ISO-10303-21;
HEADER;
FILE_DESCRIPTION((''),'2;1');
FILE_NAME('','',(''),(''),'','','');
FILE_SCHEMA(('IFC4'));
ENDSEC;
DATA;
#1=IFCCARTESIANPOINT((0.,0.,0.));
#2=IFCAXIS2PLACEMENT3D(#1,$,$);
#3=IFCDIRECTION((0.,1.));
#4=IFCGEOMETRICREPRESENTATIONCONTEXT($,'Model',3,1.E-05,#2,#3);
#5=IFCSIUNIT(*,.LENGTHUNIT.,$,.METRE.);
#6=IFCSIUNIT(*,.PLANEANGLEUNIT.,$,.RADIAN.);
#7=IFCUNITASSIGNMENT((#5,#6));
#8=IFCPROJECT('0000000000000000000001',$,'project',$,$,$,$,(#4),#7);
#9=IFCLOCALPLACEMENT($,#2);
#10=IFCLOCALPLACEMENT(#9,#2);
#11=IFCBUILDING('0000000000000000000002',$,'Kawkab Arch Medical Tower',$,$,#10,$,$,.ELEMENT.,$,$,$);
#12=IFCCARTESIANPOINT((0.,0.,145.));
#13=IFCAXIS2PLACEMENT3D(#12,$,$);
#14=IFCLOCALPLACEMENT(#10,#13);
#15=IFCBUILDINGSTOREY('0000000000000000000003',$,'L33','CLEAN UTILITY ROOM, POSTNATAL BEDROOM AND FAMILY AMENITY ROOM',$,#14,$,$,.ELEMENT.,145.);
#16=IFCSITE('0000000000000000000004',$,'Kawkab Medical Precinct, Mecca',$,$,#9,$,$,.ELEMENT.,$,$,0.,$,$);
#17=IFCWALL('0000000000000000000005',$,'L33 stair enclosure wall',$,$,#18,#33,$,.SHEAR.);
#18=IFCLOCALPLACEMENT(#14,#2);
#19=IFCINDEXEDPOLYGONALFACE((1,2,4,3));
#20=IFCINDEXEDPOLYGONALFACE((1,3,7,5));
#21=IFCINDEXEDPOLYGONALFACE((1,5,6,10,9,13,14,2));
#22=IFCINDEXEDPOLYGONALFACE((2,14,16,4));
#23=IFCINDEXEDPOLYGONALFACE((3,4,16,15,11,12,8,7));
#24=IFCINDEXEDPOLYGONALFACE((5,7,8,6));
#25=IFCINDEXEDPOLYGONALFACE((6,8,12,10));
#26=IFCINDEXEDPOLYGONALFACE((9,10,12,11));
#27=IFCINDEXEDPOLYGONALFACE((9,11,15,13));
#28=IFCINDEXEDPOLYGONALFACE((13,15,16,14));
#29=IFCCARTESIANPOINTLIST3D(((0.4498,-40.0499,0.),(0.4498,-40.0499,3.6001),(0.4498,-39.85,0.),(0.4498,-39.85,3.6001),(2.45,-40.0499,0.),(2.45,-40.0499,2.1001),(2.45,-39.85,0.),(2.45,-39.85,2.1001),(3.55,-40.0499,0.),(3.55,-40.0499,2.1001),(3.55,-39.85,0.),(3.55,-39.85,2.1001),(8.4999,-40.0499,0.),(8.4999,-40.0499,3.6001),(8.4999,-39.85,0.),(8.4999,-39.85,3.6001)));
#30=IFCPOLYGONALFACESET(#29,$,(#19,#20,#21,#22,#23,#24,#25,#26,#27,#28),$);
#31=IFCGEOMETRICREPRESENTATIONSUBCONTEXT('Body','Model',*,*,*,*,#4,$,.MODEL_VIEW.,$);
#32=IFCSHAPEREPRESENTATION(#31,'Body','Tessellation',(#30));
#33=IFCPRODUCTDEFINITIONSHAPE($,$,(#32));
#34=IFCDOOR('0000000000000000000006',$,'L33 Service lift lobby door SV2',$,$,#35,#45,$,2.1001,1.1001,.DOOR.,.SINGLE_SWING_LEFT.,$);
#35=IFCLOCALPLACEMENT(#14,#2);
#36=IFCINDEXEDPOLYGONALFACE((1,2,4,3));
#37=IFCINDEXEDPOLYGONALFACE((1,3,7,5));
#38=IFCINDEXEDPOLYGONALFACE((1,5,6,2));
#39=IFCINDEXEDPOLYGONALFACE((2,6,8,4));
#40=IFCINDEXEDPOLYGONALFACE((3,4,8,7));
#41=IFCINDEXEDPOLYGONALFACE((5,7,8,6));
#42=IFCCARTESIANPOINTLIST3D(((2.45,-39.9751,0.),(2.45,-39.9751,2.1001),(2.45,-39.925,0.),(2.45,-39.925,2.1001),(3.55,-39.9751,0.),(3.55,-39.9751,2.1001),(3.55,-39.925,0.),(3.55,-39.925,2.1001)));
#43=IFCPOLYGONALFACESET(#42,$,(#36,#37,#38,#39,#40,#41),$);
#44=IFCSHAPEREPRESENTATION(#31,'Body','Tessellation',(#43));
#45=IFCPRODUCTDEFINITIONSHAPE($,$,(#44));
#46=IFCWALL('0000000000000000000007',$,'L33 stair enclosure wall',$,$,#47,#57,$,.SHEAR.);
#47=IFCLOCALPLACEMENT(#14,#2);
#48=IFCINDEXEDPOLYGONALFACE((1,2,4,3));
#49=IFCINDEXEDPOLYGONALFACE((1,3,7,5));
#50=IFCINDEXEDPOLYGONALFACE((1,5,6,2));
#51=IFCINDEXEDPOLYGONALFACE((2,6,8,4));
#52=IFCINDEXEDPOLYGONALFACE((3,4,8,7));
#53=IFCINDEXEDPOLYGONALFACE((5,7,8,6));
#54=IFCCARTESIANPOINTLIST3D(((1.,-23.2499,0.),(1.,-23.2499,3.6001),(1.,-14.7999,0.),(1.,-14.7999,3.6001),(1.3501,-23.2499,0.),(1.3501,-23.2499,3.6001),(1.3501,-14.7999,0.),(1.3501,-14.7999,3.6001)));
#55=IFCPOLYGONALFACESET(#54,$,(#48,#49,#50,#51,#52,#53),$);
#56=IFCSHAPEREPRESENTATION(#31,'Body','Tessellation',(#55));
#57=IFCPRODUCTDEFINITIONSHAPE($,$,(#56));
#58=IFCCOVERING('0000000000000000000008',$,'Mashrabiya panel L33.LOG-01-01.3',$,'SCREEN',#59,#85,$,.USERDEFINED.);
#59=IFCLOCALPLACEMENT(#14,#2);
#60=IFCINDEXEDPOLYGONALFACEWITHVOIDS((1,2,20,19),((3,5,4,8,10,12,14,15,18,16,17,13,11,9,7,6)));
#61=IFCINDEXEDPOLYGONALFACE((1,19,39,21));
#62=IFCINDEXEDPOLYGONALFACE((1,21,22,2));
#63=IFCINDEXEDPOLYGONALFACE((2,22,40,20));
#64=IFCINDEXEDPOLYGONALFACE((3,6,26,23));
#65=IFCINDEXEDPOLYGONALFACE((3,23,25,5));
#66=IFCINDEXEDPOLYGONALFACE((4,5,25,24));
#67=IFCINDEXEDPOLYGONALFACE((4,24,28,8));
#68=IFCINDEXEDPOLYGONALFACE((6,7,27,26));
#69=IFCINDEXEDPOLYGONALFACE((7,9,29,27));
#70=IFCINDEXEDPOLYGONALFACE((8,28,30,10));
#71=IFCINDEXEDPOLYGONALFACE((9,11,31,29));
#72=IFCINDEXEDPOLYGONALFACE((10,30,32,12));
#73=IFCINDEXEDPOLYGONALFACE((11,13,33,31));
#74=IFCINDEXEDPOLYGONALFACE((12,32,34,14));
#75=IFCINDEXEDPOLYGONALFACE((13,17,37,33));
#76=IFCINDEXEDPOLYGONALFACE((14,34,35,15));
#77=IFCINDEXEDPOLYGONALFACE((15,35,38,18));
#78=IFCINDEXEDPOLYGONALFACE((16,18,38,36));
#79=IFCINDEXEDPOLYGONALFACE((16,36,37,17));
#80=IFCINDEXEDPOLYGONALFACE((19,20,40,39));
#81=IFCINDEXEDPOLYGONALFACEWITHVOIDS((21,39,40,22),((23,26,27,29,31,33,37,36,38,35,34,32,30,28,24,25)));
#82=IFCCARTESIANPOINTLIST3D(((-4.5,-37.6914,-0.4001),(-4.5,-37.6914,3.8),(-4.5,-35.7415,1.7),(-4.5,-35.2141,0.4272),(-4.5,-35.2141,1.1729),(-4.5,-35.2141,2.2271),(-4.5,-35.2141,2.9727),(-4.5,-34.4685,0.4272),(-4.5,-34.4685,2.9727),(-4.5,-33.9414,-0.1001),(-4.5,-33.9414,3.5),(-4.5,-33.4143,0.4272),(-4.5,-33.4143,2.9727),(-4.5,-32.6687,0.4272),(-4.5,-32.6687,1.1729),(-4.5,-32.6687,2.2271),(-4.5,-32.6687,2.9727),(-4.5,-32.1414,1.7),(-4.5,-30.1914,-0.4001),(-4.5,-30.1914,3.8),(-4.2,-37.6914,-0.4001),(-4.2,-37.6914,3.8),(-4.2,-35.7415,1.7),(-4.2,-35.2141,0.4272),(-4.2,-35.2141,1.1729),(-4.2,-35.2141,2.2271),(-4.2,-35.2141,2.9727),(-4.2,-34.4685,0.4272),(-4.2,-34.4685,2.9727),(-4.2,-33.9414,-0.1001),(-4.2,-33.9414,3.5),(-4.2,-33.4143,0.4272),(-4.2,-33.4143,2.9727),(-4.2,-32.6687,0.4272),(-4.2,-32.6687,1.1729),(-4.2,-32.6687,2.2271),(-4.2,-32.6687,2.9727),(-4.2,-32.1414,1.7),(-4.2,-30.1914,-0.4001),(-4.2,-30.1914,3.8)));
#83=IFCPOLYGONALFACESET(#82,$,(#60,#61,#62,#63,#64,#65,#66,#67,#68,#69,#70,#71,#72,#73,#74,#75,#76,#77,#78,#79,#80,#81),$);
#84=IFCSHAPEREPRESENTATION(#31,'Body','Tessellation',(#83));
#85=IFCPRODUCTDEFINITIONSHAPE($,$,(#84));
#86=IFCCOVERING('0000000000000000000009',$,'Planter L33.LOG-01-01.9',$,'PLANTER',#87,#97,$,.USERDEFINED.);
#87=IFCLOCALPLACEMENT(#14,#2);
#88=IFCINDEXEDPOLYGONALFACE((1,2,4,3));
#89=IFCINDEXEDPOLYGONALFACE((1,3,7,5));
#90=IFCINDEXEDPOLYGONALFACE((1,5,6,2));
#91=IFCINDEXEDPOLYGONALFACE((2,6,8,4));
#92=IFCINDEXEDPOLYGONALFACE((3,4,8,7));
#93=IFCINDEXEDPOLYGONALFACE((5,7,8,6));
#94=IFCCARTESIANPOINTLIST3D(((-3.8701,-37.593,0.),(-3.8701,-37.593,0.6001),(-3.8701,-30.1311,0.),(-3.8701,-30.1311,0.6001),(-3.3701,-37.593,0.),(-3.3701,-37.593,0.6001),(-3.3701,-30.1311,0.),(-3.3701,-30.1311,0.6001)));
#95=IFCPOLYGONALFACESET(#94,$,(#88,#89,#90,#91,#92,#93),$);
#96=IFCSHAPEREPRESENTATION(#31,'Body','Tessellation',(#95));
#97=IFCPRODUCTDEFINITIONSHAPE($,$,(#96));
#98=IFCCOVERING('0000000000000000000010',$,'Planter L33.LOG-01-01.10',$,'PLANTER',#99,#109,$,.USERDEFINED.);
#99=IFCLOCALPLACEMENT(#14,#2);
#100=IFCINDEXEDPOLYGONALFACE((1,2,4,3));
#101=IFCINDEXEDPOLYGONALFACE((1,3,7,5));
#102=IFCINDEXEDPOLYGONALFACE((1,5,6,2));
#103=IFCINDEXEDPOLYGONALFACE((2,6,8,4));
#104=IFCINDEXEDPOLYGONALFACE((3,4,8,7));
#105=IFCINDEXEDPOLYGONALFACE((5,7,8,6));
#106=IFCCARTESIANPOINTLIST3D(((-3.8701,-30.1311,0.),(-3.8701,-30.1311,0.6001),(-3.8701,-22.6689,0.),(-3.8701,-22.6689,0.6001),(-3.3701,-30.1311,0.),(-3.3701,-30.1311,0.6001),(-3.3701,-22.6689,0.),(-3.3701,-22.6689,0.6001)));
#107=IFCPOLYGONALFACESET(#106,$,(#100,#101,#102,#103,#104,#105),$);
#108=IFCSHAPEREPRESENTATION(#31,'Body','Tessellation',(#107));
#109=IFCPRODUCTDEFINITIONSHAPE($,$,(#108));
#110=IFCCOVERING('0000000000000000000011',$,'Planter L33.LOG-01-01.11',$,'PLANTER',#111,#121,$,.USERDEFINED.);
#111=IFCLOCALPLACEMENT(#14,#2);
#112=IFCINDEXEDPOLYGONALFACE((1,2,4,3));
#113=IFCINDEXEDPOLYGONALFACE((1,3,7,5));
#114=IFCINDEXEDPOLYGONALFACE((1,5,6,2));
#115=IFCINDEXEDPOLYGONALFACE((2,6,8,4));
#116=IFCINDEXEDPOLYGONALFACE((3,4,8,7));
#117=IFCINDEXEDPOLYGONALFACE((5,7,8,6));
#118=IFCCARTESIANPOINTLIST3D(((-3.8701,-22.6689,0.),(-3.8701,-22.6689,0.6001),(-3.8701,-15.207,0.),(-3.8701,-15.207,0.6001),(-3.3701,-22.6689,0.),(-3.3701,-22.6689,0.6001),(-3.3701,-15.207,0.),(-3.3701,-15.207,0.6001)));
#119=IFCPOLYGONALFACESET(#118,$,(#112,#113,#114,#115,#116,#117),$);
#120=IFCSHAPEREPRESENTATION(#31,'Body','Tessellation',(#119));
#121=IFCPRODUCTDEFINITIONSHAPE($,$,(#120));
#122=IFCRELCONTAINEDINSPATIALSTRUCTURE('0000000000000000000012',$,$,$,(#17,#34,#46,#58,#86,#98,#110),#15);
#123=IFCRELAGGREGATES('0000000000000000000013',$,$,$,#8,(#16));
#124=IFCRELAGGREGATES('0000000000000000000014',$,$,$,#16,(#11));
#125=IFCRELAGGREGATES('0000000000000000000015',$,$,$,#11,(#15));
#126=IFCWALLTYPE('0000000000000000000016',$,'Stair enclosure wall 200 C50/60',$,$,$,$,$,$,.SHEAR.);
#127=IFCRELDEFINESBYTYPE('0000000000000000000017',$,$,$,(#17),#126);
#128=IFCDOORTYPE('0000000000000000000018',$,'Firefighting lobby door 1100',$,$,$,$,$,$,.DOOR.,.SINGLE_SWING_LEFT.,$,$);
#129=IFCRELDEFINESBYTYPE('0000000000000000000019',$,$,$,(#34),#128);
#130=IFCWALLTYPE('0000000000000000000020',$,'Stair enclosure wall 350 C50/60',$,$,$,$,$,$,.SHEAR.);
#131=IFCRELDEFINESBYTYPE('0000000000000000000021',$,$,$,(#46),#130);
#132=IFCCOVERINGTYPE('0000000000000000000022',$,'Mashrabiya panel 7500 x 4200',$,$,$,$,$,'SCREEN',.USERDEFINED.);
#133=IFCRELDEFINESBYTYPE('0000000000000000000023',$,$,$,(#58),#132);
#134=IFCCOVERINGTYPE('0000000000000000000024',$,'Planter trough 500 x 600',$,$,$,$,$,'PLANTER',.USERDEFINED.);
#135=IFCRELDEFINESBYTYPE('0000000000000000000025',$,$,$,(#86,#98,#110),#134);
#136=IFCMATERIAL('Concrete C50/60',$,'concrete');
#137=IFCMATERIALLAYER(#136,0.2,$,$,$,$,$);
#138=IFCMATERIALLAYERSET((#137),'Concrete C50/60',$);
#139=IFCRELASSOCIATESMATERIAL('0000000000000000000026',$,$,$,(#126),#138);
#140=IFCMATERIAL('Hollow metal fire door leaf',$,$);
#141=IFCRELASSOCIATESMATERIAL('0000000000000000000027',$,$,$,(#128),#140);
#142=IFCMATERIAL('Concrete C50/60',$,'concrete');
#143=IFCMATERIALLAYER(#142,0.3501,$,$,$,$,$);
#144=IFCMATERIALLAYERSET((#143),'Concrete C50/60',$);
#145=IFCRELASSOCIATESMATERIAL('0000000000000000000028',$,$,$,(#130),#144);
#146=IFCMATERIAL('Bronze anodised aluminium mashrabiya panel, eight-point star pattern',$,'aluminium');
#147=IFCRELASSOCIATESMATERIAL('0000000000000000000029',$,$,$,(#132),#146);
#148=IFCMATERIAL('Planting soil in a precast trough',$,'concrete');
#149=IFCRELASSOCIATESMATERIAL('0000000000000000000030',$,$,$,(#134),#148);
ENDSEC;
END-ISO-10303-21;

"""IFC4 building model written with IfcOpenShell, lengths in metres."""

from ifc_helpers import new_model, si_unit, direction, frame, frame_2d, origin, origin_2d, place, context, subcontext, project, spatial, polyline, rectangle, outline, extrude, material, layer, layer_set, material_profile, profile_set, type_object, element, fill, save


model = new_model("IFC4")

# Units and contexts
model_context = context("Model", 3, precision=1e-05, world=origin(), true_north=direction((0.0, 1.0)))
body_context = subcontext(model_context, "Body", "Model", "MODEL_VIEW")
ifc_project = project(units=[si_unit("LENGTHUNIT", "METRE"), si_unit("PLANEANGLEUNIT", "RADIAN")], contexts=[model_context])

# Site, building, storey
site_placement = place(None, origin())
site = spatial("IfcSite", under=ifc_project, at=site_placement, Name="Kawkab Medical Precinct, Mecca", CompositionType="ELEMENT", RefElevation=0.0)
building_placement = place(site_placement, origin())
building = spatial("IfcBuilding", under=site, at=building_placement, Name="Kawkab Arch Medical Tower", CompositionType="ELEMENT")
storey_placement = place(building_placement, frame((0.0, 0.0, 145.0)))
storey = spatial("IfcBuildingStorey", under=building, at=storey_placement, Name="L33", Description="CLEAN UTILITY ROOM, POSTNATAL BEDROOM AND FAMILY AMENITY ROOM", CompositionType="ELEMENT", Elevation=145.0)

# Shared definitions
ifc_material_1 = material(Name="Concrete C50/60", Category="concrete")
ifc_layer_1 = layer(ifc_material_1, 0.2)
ifc_layer_set_1 = layer_set([ifc_layer_1], Name="Concrete C50/60")
wall_type_1 = type_object("IfcWallType", Name="Stair enclosure wall 200 C50/60", PredefinedType="SHEAR", material=ifc_layer_set_1)

# Wall, opening, door
wall_1_placement = place(storey_placement, frame((0.45, -39.95, 0.0), z_axis=(0.0, 0.0, 1.0), x_axis=(1.0, 0.0, 0.0)))
wall_1 = element("IfcWall", 1, at=wall_1_placement, inside=storey, type_object=wall_type_1, Name="L33 stair enclosure wall", PredefinedType="SHEAR", context=body_context, shape_type="SweptSolid", body=[
    extrude(rectangle(XDim=8.05, YDim=0.2, at=frame_2d((4.0249, 0.0))), origin(), (0.0, 0.0, 1.0), 3.6001),
])
opening_1_placement = place(wall_1_placement, frame((2.0, 0.0, 0.0)))
opening_1 = element("IfcOpeningElement", 2, at=opening_1_placement, cuts=wall_1, PredefinedType="OPENING", context=body_context, shape_type="SweptSolid", body=[
    extrude(rectangle(XDim=1.1001, YDim=2.1001, at=frame_2d((0.55, 1.05))), frame((0.0, 0.1099, 0.0), z_axis=(0.0, -1.0, 0.0), x_axis=(1.0, 0.0, 0.0)), (0.0, 0.0, 1.0), 0.22),
])
ifc_material_2 = material(Name="Hollow metal fire door leaf")
door_type_1 = type_object("IfcDoorType", Name="Firefighting lobby door 1100", OperationType="SINGLE_SWING_LEFT", PredefinedType="DOOR", material=ifc_material_2)
door_1_placement = place(opening_1_placement, origin())
door_1 = element("IfcDoor", 3, at=door_1_placement, inside=storey, type_object=door_type_1, Name="L33 Service lift lobby door SV2", OperationType="SINGLE_SWING_LEFT", OverallHeight=2.1001, OverallWidth=1.1001, PredefinedType="DOOR", context=body_context, shape_type="SweptSolid", body=[
    extrude(rectangle(XDim=1.1001, YDim=2.1001, at=frame_2d((0.55, 1.05))), frame((0.0, 0.0249, 0.0), z_axis=(0.0, -1.0, 0.0), x_axis=(1.0, 0.0, 0.0)), (0.0, 0.0, 1.0), 0.05),
])
fill(opening_1, door_1)

# Wall
ifc_material_3 = material(Name="Concrete C50/60", Category="concrete")
ifc_layer_2 = layer(ifc_material_3, 0.3501)
ifc_layer_set_2 = layer_set([ifc_layer_2], Name="Concrete C50/60")
wall_type_2 = type_object("IfcWallType", Name="Stair enclosure wall 350 C50/60", PredefinedType="SHEAR", material=ifc_layer_set_2)
wall_2_placement = place(storey_placement, frame((1.175, -23.25, 0.0), z_axis=(0.0, 0.0, 1.0), x_axis=(0.0, 1.0, 0.0)))
element("IfcWall", 4, at=wall_2_placement, inside=storey, type_object=wall_type_2, Name="L33 stair enclosure wall", PredefinedType="SHEAR", context=body_context, shape_type="SweptSolid", body=[
    extrude(rectangle(XDim=8.45, YDim=0.3501, at=frame_2d((4.2251, 0.0))), origin(), (0.0, 0.0, 1.0), 3.6001),
])

# Coverings
ifc_material_4 = material(Name="Bronze anodised aluminium mashrabiya panel, eight-point star pattern", Category="aluminium")
ifc_material_profile_1 = material_profile(ifc_material_4, outline(polyline([(-3.75, -2.1001), (3.75, -2.1001), (3.75, 2.1001), (-3.75, 2.1001), (-3.75, -2.1001)]), holes=[polyline([(1.8, 0.0), (1.2727, 0.5271), (1.2727, 1.2727), (0.5271, 1.2727), (0.0, 1.8), (-0.5271, 1.2727), (-1.2727, 1.2727), (-1.2727, 0.5271), (-1.8, 0.0), (-1.2727, -0.5271), (-1.2727, -1.2727), (-0.5271, -1.2727), (0.0, -1.8), (0.5271, -1.2727), (1.2727, -1.2727), (1.2727, -0.5271), (1.8, 0.0)])]), Name="Mashrabiya panel 7500x4200")
ifc_profile_set_1 = profile_set([ifc_material_profile_1], Name="Bronze anodised aluminium mashrabiya panel, eight-point star pattern")
covering_type_1 = type_object("IfcCoveringType", Name="Mashrabiya panel 7500 x 4200", ElementType="SCREEN", PredefinedType="USERDEFINED", material=ifc_profile_set_1)
covering_1_placement = place(storey_placement, frame((-4.2, -33.9414, 1.7), z_axis=(-1.0, 0.0, 0.0), x_axis=(0.0, -1.0, 0.0)))
element("IfcCovering", 5, at=covering_1_placement, inside=storey, type_object=covering_type_1, Name="Mashrabiya panel L33.LOG-01-01.3", ObjectType="SCREEN", PredefinedType="USERDEFINED", context=body_context, shape_type="SweptSolid", body=[
    extrude(outline(polyline([(-3.75, -2.1001), (3.75, -2.1001), (3.75, 2.1001), (-3.75, 2.1001), (-3.75, -2.1001)]), holes=[polyline([(1.8, 0.0), (1.2727, 0.5271), (1.2727, 1.2727), (0.5271, 1.2727), (0.0, 1.8), (-0.5271, 1.2727), (-1.2727, 1.2727), (-1.2727, 0.5271), (-1.8, 0.0), (-1.2727, -0.5271), (-1.2727, -1.2727), (-0.5271, -1.2727), (0.0, -1.8), (0.5271, -1.2727), (1.2727, -1.2727), (1.2727, -0.5271), (1.8, 0.0)])]), origin(), (0.0, 0.0, 1.0), 0.3),
])
ifc_material_5 = material(Name="Planting soil in a precast trough", Category="concrete")
ifc_material_profile_2 = material_profile(ifc_material_5, rectangle(XDim=0.5, YDim=0.6001, at=origin_2d()), Name="Trough 500x600")
ifc_profile_set_2 = profile_set([ifc_material_profile_2], Name="Planting soil in a precast trough")
covering_type_2 = type_object("IfcCoveringType", Name="Planter trough 500 x 600", ElementType="PLANTER", PredefinedType="USERDEFINED", material=ifc_profile_set_2)
covering_2_placement = place(storey_placement, frame((-3.6201, -37.593, 0.3), z_axis=(0.0, 1.0, 0.0), x_axis=(-1.0, 0.0, 0.0)))
element("IfcCovering", 6, at=covering_2_placement, inside=storey, type_object=covering_type_2, Name="Planter L33.LOG-01-01.9", ObjectType="PLANTER", PredefinedType="USERDEFINED", context=body_context, shape_type="SweptSolid", body=[
    extrude(rectangle(XDim=0.5, YDim=0.6001, at=origin_2d()), origin(), (0.0, 0.0, 1.0), 7.4619),
])
covering_3_placement = place(storey_placement, frame((-3.6201, -30.1311, 0.3), z_axis=(0.0, 1.0, 0.0), x_axis=(-1.0, 0.0, 0.0)))
element("IfcCovering", 7, at=covering_3_placement, inside=storey, type_object=covering_type_2, Name="Planter L33.LOG-01-01.10", ObjectType="PLANTER", PredefinedType="USERDEFINED", context=body_context, shape_type="SweptSolid", body=[
    extrude(rectangle(XDim=0.5, YDim=0.6001, at=origin_2d()), origin(), (0.0, 0.0, 1.0), 7.4622),
])
covering_4_placement = place(storey_placement, frame((-3.6201, -22.6689, 0.3), z_axis=(0.0, 1.0, 0.0), x_axis=(-1.0, 0.0, 0.0)))
element("IfcCovering", 8, at=covering_4_placement, inside=storey, type_object=covering_type_2, Name="Planter L33.LOG-01-01.11", ObjectType="PLANTER", PredefinedType="USERDEFINED", context=body_context, shape_type="SweptSolid", body=[
    extrude(rectangle(XDim=0.5, YDim=0.6001, at=origin_2d()), origin(), (0.0, 0.0, 1.0), 7.4619),
])

save(model, "model.ifc")
